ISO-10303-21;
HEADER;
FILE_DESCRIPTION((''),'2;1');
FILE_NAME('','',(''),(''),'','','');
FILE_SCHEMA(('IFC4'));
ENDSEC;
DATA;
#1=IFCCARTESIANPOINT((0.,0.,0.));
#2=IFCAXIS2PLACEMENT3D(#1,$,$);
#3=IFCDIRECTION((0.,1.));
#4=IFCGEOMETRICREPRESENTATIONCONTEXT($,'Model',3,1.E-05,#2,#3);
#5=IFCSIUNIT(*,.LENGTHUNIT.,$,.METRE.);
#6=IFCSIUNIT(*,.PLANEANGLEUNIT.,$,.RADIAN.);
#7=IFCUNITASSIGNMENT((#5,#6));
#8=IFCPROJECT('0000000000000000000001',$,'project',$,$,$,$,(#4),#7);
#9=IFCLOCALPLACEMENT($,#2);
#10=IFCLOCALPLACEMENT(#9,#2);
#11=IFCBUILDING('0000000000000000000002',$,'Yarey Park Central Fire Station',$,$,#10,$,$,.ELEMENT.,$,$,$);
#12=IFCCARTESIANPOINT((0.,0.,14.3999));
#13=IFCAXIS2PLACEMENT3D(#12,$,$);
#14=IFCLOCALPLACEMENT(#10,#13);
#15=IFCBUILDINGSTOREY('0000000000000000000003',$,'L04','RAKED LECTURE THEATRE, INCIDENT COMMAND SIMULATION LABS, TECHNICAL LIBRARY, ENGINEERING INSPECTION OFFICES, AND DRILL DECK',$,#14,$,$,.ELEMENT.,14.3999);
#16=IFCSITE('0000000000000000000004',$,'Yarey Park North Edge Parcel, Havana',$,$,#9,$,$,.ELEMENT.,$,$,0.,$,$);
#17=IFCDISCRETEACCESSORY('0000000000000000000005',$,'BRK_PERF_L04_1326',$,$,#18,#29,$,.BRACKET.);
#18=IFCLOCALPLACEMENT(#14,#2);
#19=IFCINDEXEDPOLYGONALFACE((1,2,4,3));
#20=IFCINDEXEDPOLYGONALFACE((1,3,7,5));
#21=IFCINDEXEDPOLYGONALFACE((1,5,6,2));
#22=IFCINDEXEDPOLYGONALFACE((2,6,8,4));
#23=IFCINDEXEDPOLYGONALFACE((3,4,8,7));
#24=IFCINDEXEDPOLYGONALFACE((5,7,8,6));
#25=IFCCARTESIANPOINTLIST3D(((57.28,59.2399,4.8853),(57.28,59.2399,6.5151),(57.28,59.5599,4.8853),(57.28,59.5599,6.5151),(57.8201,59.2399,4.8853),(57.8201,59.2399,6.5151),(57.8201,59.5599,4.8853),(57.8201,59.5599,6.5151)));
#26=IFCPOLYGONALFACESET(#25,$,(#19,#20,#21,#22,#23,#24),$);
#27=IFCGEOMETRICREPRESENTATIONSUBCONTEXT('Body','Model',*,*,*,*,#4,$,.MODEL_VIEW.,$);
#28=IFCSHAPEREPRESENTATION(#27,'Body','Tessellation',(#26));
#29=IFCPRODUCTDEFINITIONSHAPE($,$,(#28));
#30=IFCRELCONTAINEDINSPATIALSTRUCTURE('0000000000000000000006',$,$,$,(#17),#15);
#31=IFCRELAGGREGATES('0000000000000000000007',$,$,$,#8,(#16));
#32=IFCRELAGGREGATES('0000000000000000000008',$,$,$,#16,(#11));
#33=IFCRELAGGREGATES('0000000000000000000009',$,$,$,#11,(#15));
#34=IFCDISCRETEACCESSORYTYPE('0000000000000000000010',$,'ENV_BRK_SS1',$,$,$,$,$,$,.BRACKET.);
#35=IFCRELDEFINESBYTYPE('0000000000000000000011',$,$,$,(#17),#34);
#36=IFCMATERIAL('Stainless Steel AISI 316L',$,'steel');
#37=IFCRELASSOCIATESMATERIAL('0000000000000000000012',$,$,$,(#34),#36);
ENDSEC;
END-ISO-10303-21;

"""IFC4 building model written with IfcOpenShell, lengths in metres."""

from ifc_helpers import new_model, si_unit, direction, frame, origin, origin_2d, place, context, subcontext, project, spatial, rectangle, extrude, material, type_object, element, save


model = new_model("IFC4")

# Units and contexts
model_context = context("Model", 3, precision=1e-05, world=origin(), true_north=direction((0.0, 1.0)))
body_context = subcontext(model_context, "Body", "Model", "MODEL_VIEW")
ifc_project = project(units=[si_unit("LENGTHUNIT", "METRE"), si_unit("PLANEANGLEUNIT", "RADIAN")], contexts=[model_context])

# Site, building, storey
site_placement = place(None, origin())
site = spatial("IfcSite", under=ifc_project, at=site_placement, Name="Yarey Park North Edge Parcel, Havana", CompositionType="ELEMENT", RefElevation=0.0)
building_placement = place(site_placement, origin())
building = spatial("IfcBuilding", under=site, at=building_placement, Name="Yarey Park Central Fire Station", CompositionType="ELEMENT")
storey_placement = place(building_placement, frame((0.0, 0.0, 14.3999)))
storey = spatial("IfcBuildingStorey", under=building, at=storey_placement, Name="L04", Description="RAKED LECTURE THEATRE, INCIDENT COMMAND SIMULATION LABS, TECHNICAL LIBRARY, ENGINEERING INSPECTION OFFICES, AND DRILL DECK", CompositionType="ELEMENT", Elevation=14.3999)

# Discrete accessory
ifc_material_1 = material(Name="Stainless Steel AISI 316L", Category="steel")
discrete_accessory_type = type_object("IfcDiscreteAccessoryType", Name="ENV_BRK_SS1", PredefinedType="BRACKET", material=ifc_material_1)
discrete_accessory_1_placement = place(storey_placement, frame((57.55, 59.3999, 4.8853), z_axis=(0.0, 0.0, 1.0), x_axis=(1.0, 0.0, 0.0)))
element("IfcDiscreteAccessory", 1, at=discrete_accessory_1_placement, inside=storey, type_object=discrete_accessory_type, Name="BRK_PERF_L04_1326", PredefinedType="BRACKET", context=body_context, shape_type="SweptSolid", body=[
    extrude(rectangle(XDim=0.54, YDim=0.3201, at=origin_2d()), origin(), (0.0, 0.0, 1.0), 1.6299),
])

save(model, "model.ifc")
